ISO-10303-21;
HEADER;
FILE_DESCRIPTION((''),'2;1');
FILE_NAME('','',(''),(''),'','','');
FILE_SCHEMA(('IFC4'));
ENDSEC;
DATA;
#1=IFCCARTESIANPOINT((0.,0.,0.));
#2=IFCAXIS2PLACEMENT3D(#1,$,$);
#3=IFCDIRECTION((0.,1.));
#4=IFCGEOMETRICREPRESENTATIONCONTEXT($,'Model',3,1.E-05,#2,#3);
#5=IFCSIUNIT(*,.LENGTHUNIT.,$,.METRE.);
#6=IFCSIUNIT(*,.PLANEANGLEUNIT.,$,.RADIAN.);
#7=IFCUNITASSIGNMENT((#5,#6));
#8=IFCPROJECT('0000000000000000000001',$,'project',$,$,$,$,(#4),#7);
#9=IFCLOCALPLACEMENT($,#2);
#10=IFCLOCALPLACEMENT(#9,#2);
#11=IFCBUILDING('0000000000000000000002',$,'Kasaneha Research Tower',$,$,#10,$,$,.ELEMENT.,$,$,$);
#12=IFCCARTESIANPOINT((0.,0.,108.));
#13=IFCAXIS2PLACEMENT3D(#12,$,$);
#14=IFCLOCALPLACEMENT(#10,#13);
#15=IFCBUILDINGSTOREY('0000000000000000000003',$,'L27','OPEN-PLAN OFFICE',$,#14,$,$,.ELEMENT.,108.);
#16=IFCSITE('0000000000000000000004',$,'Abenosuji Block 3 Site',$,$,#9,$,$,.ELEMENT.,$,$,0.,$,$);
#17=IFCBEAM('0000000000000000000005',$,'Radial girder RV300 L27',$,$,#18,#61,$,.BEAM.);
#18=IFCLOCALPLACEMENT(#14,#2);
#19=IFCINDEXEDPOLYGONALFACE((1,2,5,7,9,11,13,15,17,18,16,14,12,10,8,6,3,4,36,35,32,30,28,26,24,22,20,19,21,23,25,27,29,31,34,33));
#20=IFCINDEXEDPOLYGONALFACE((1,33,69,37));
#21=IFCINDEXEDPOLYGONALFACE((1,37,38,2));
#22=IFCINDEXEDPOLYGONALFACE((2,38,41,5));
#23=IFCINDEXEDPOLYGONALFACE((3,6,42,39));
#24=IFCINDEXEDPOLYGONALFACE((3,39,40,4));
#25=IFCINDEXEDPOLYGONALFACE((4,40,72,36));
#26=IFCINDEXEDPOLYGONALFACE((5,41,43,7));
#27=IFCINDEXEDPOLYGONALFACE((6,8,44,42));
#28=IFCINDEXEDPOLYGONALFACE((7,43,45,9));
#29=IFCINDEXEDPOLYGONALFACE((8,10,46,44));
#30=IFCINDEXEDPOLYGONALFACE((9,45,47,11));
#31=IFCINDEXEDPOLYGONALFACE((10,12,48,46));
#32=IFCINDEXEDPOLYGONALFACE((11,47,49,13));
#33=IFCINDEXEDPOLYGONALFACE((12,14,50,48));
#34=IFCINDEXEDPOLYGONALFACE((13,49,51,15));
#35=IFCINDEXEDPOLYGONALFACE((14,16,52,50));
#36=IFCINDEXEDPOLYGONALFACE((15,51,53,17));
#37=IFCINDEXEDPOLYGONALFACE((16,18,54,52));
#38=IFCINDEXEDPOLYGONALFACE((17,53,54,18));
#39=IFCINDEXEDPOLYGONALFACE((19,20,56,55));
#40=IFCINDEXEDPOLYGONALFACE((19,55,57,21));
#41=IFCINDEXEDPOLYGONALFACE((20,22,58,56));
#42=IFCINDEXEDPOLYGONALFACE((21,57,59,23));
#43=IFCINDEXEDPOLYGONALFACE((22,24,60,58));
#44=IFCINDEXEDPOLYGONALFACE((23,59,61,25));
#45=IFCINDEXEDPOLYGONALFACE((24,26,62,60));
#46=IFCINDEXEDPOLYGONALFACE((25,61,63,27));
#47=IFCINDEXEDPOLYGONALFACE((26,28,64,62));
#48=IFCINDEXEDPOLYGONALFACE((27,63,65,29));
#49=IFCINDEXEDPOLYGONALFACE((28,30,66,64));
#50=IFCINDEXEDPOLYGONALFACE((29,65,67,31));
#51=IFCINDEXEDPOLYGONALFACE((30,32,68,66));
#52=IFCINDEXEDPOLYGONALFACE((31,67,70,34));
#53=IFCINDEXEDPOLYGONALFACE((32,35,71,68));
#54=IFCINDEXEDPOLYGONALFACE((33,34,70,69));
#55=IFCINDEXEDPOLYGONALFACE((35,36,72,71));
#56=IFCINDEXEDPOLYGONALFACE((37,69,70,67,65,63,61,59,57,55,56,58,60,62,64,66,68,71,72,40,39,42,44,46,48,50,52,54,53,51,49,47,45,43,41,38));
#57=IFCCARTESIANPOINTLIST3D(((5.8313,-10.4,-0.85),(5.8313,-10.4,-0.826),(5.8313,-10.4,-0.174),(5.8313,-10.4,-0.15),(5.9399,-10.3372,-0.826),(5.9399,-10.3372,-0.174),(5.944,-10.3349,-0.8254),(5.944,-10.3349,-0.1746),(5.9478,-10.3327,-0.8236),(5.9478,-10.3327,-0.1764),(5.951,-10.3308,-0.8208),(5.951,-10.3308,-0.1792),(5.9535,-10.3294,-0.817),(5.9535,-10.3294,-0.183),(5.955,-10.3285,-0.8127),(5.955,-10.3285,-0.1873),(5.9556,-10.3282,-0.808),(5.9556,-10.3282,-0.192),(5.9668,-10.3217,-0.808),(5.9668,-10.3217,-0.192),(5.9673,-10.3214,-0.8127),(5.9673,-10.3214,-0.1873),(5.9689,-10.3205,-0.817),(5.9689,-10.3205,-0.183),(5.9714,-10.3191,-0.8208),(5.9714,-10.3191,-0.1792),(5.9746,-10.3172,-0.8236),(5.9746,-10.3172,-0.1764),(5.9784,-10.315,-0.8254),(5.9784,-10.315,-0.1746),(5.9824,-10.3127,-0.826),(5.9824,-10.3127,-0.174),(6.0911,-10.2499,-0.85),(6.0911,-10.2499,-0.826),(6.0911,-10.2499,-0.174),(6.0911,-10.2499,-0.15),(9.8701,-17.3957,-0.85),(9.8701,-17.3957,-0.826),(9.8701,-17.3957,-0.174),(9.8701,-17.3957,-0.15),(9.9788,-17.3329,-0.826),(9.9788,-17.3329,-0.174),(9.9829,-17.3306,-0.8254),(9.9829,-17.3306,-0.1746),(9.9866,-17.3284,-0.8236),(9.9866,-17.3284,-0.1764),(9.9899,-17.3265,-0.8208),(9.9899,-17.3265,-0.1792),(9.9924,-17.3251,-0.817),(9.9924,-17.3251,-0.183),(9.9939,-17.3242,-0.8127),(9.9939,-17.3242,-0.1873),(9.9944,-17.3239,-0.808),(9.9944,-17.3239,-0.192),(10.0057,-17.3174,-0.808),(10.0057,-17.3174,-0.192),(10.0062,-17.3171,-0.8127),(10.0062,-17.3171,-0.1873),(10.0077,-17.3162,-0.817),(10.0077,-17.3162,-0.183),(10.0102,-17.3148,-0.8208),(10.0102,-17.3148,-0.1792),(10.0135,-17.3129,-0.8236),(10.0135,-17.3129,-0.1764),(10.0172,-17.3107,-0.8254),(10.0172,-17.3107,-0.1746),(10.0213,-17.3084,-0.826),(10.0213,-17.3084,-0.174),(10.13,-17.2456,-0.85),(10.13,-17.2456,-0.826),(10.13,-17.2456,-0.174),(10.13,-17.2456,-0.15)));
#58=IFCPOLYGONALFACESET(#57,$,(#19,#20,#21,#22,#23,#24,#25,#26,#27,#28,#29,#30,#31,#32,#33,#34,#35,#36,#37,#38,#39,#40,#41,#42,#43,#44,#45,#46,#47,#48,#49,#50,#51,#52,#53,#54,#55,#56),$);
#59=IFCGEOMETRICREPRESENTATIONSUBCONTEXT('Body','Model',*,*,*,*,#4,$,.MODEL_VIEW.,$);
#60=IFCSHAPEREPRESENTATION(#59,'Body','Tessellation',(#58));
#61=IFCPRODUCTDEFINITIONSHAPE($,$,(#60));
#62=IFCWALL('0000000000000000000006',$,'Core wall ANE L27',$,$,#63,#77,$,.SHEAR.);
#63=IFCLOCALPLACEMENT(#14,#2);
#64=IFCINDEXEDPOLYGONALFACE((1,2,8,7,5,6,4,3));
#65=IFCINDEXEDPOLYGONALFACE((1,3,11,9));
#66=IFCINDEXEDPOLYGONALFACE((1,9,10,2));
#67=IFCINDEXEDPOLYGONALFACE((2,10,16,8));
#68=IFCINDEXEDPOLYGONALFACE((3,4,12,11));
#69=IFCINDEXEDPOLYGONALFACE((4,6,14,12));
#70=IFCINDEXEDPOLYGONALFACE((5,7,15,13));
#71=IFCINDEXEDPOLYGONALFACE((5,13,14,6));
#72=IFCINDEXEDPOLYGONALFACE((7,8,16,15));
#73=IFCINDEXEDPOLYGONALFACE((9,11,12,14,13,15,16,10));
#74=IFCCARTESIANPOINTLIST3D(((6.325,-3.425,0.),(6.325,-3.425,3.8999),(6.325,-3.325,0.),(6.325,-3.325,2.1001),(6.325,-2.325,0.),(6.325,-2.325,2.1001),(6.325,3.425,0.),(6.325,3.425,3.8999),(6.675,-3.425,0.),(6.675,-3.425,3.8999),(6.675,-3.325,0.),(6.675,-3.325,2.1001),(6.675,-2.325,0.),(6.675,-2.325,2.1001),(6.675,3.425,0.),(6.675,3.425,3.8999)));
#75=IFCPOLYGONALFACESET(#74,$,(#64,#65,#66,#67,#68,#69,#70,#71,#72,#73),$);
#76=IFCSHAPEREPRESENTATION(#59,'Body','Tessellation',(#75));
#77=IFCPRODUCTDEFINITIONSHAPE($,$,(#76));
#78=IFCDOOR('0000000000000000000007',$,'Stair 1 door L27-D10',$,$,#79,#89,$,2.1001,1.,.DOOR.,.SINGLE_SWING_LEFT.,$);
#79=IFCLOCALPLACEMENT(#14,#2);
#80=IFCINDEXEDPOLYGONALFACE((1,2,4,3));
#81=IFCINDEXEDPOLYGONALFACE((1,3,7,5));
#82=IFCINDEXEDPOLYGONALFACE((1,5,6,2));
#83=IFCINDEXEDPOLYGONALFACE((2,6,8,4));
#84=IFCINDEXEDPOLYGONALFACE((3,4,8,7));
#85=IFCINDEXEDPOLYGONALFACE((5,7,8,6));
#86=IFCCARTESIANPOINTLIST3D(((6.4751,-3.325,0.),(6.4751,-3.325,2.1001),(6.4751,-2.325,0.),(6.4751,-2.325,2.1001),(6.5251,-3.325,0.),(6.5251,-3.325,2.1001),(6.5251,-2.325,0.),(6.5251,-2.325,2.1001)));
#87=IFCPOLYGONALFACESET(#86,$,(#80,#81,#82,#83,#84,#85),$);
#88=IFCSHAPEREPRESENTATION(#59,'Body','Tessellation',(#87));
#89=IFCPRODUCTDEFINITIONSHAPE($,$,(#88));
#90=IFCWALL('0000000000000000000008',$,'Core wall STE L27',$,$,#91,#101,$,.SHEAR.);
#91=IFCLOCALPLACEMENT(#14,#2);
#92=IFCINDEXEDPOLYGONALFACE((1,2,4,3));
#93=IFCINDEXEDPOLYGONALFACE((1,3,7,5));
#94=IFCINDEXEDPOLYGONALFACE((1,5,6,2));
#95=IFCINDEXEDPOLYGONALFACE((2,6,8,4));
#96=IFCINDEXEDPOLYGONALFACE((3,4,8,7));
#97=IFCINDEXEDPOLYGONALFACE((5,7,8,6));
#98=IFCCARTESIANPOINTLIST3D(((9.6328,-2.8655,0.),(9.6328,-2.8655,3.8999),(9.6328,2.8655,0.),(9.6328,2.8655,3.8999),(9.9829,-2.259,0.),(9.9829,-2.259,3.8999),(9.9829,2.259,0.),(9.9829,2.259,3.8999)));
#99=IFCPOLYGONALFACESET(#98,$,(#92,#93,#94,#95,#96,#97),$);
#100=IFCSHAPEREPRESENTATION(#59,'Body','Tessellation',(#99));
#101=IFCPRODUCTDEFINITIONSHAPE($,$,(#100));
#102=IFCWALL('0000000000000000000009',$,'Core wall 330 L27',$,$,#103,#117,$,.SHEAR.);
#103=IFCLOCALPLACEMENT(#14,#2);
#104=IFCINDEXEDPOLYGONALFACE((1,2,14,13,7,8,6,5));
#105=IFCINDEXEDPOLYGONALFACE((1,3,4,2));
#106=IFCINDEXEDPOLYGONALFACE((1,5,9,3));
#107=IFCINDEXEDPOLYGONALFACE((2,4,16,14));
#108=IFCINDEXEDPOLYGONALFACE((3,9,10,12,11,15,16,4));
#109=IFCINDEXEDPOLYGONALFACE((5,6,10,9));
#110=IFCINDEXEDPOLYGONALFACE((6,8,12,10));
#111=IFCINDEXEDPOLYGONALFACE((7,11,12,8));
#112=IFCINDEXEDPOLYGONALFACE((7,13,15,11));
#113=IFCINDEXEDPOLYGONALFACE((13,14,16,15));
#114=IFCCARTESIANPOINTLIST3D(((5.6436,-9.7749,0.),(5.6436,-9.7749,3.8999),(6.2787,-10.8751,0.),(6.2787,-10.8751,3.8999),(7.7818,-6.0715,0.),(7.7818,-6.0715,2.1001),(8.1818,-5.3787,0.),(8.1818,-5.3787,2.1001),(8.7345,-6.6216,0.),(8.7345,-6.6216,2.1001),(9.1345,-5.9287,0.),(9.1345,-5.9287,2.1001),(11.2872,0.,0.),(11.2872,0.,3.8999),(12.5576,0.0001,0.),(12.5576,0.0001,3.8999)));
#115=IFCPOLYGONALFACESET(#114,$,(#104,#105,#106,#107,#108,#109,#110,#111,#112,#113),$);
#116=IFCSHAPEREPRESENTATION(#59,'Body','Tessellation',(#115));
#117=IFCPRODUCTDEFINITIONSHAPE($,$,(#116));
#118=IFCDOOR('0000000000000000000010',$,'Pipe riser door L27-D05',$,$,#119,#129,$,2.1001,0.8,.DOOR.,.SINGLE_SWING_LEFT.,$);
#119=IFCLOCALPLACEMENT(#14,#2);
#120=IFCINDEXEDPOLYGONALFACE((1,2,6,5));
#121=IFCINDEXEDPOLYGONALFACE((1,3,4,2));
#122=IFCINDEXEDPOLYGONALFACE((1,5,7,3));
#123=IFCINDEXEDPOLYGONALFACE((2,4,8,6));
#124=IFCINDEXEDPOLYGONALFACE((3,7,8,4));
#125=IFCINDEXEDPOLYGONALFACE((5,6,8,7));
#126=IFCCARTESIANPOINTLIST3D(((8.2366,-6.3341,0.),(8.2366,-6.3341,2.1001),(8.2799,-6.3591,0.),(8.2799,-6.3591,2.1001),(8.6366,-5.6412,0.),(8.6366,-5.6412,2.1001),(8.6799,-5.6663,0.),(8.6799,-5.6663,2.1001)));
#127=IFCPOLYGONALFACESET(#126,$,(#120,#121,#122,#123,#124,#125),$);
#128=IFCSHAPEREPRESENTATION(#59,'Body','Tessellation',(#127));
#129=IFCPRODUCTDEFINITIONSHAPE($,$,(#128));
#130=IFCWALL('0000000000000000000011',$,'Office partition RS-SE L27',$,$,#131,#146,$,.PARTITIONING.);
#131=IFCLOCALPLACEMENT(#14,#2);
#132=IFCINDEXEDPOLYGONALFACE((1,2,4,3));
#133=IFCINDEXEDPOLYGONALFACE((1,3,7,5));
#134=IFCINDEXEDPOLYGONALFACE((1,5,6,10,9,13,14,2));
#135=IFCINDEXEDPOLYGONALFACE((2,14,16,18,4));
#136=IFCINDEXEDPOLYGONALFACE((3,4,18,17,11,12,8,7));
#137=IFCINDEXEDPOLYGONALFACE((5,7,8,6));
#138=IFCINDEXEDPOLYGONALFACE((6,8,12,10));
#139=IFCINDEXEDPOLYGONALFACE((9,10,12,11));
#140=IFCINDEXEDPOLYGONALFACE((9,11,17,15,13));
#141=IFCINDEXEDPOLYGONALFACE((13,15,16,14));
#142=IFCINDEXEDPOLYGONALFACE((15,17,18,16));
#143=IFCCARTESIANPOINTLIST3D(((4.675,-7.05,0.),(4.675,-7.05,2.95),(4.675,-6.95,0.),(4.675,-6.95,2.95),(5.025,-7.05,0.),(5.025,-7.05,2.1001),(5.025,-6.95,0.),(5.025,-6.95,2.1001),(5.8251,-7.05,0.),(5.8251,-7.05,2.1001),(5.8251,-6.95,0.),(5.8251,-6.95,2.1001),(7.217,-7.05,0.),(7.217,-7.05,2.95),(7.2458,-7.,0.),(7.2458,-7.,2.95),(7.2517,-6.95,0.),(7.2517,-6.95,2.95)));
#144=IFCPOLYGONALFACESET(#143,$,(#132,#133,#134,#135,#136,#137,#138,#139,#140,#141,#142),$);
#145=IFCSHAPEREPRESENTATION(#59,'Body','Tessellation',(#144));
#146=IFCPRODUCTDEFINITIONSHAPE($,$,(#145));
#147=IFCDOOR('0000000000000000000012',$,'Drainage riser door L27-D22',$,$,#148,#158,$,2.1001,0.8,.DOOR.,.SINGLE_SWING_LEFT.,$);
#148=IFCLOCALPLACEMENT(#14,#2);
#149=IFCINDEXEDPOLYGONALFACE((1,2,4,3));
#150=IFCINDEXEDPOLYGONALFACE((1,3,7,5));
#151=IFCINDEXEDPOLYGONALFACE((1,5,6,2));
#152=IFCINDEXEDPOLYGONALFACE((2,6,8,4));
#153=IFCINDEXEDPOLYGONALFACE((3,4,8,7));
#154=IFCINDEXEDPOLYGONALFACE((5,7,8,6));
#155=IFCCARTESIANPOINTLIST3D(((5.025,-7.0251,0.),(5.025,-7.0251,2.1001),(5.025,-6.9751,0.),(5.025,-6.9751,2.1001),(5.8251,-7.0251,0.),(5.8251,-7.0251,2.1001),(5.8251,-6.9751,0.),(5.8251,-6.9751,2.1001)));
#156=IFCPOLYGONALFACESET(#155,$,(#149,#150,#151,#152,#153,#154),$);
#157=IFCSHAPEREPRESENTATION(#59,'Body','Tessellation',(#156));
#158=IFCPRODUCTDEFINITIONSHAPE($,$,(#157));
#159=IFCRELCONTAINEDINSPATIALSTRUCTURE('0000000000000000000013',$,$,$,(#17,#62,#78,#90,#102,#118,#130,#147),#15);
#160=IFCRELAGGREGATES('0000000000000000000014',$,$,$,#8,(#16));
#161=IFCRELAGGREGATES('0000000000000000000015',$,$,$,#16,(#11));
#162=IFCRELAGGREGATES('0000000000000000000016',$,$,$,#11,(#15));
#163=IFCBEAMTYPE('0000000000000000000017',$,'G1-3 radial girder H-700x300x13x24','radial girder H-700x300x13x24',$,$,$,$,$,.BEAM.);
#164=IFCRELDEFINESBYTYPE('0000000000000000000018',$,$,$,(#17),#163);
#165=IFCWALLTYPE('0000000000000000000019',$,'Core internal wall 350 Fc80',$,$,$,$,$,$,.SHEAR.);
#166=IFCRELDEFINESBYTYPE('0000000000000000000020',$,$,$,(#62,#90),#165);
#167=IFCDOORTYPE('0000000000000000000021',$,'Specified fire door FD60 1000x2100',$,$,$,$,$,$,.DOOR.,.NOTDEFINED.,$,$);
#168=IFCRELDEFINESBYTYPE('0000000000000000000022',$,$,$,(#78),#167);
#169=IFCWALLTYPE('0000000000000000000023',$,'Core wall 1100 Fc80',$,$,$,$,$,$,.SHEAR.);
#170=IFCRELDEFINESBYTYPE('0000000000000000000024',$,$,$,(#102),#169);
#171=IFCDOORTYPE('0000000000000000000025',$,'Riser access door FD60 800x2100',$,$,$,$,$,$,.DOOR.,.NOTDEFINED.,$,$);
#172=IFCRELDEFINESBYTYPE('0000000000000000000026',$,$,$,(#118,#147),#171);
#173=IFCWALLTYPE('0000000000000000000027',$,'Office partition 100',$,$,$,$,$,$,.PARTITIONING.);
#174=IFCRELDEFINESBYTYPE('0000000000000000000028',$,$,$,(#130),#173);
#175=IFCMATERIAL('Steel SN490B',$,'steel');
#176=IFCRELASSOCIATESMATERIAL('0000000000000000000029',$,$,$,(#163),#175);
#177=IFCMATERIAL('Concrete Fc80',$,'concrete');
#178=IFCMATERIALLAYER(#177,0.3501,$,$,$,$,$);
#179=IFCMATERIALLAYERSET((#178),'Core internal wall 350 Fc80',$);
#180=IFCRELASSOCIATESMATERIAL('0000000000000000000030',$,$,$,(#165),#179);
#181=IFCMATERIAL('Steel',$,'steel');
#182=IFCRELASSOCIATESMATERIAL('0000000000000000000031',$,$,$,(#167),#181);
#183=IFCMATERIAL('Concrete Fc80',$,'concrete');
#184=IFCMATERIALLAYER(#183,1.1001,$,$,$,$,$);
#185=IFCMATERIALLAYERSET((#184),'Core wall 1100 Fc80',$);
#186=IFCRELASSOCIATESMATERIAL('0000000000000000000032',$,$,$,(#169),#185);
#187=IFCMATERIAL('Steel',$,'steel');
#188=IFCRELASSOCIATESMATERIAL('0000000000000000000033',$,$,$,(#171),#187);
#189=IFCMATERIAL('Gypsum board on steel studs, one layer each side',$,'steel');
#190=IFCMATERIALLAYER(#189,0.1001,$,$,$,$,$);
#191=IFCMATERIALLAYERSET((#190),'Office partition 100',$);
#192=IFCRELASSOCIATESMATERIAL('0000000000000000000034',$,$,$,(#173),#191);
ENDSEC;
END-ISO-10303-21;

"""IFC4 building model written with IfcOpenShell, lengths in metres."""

from ifc_helpers import new_model, si_unit, direction, frame, frame_2d, origin, origin_2d, place, context, subcontext, project, spatial, polyline, rectangle, i_section, outline, extrude, material, layer, layer_set, material_profile, profile_set, type_object, element, fill, save


model = new_model("IFC4")

# Units and contexts
model_context = context("Model", 3, precision=1e-05, world=origin(), true_north=direction((0.0, 1.0)))
body_context = subcontext(model_context, "Body", "Model", "MODEL_VIEW")
ifc_project = project(units=[si_unit("LENGTHUNIT", "METRE"), si_unit("PLANEANGLEUNIT", "RADIAN")], contexts=[model_context])

# Site, building, storey
site_placement = place(None, origin())
site = spatial("IfcSite", under=ifc_project, at=site_placement, Name="Abenosuji Block 3 Site", CompositionType="ELEMENT", RefElevation=0.0)
building_placement = place(site_placement, origin())
building = spatial("IfcBuilding", under=site, at=building_placement, Name="Kasaneha Research Tower", CompositionType="ELEMENT")
storey_placement = place(building_placement, frame((0.0, 0.0, 108.0)))
storey = spatial("IfcBuildingStorey", under=building, at=storey_placement, Name="L27", Description="OPEN-PLAN OFFICE", CompositionType="ELEMENT", Elevation=108.0)

# Beam
ifc_material_1 = material(Name="Steel SN490B", Category="steel")
ifc_material_profile_1 = material_profile(ifc_material_1, i_section(OverallWidth=0.3, OverallDepth=0.7, WebThickness=0.0129, FlangeThickness=0.0239, FilletRadius=0.0181, at=origin_2d()), Name="H-700x300x13x24")
ifc_profile_set_1 = profile_set([ifc_material_profile_1], Name="Steel SN490B")
beam_type_1 = type_object("IfcBeamType", Name="G1-3 radial girder H-700x300x13x24", Description="radial girder H-700x300x13x24", PredefinedType="BEAM", material=ifc_profile_set_1)
beam_1_placement = place(storey_placement, frame((5.9612, -10.325, -0.5), z_axis=(0.499991, -0.866031, 0.0), x_axis=(0.866031, 0.499991, 0.0)))
element("IfcBeam", 1, at=beam_1_placement, inside=storey, type_object=beam_type_1, Name="Radial girder RV300 L27", PredefinedType="BEAM", context=body_context, shape_type="SweptSolid", body=[
    extrude(i_section(OverallWidth=0.3, OverallDepth=0.7, WebThickness=0.0129, FlangeThickness=0.0239, FilletRadius=0.0181, at=origin_2d()), origin(), (0.0, 0.0, 1.0), 8.0779),
])

# Wall, opening, door
ifc_material_2 = material(Name="Concrete Fc80", Category="concrete")
ifc_layer_1 = layer(ifc_material_2, 0.3501)
ifc_layer_set_1 = layer_set([ifc_layer_1], Name="Core internal wall 350 Fc80")
wall_type_1 = type_object("IfcWallType", Name="Core internal wall 350 Fc80", PredefinedType="SHEAR", material=ifc_layer_set_1)
wall_1_placement = place(storey_placement, frame((6.5, -3.425, 0.0), z_axis=(0.0, 0.0, 1.0), x_axis=(0.0, 1.0, 0.0)))
wall_1 = element("IfcWall", 2, at=wall_1_placement, inside=storey, type_object=wall_type_1, Name="Core wall ANE L27", PredefinedType="SHEAR", context=body_context, shape_type="SweptSolid", body=[
    extrude(rectangle(XDim=6.8501, YDim=0.3501, at=frame_2d((3.425, 0.0))), origin(), (0.0, 0.0, 1.0), 3.8999),
])
opening_1_placement = place(wall_1_placement, frame((0.1001, 0.0, 0.0)))
opening_1 = element("IfcOpeningElement", 3, at=opening_1_placement, cuts=wall_1, PredefinedType="OPENING", context=body_context, shape_type="SweptSolid", body=[
    extrude(rectangle(XDim=1.0, YDim=2.1001, at=frame_2d((0.5, 1.05))), frame((0.0, 0.1851, 0.0), z_axis=(0.0, -1.0, 0.0), x_axis=(1.0, 0.0, 0.0)), (0.0, 0.0, 1.0), 0.3701),
])
ifc_material_3 = material(Name="Steel", Category="steel")
door_type_1 = type_object("IfcDoorType", Name="Specified fire door FD60 1000x2100", OperationType="NOTDEFINED", PredefinedType="DOOR", material=ifc_material_3)
door_1_placement = place(opening_1_placement, origin())
door_1 = element("IfcDoor", 4, at=door_1_placement, inside=storey, type_object=door_type_1, Name="Stair 1 door L27-D10", OperationType="SINGLE_SWING_LEFT", OverallHeight=2.1001, OverallWidth=1.0, PredefinedType="DOOR", context=body_context, shape_type="SweptSolid", body=[
    extrude(rectangle(XDim=1.0, YDim=2.1001, at=frame_2d((0.5, 1.05))), frame((0.0, 0.0249, 0.0), z_axis=(0.0, -1.0, 0.0), x_axis=(1.0, 0.0, 0.0)), (0.0, 0.0, 1.0), 0.05),
])
fill(opening_1, door_1)

# Wall
wall_2_placement = place(storey_placement, frame((9.8079, -2.5623, 0.0), z_axis=(0.0, 0.0, 1.0), x_axis=(0.0, 1.0, 0.0)))
element("IfcWall", 5, at=wall_2_placement, inside=storey, type_object=wall_type_1, Name="Core wall STE L27", PredefinedType="SHEAR", context=body_context, shape_type="SweptSolid", body=[
    extrude(outline(polyline([(0.3032, -0.175), (4.8213, -0.175), (5.4277, 0.175), (-0.3032, 0.175), (0.3032, -0.175)])), origin(), (0.0, 0.0, 1.0), 3.8999),
])

# Walls, openings, doors
ifc_material_4 = material(Name="Concrete Fc80", Category="concrete")
ifc_layer_2 = layer(ifc_material_4, 1.1001)
ifc_layer_set_2 = layer_set([ifc_layer_2], Name="Core wall 1100 Fc80")
wall_type_2 = type_object("IfcWallType", Name="Core wall 1100 Fc80", PredefinedType="SHEAR", material=ifc_layer_set_2)
wall_3_placement = place(storey_placement, frame((5.9612, -10.325, 0.0), z_axis=(0.0, 0.0, 1.0), x_axis=(0.500004, 0.866023, 0.0)))
wall_3 = element("IfcWall", 6, at=wall_3_placement, inside=storey, type_object=wall_type_2, Name="Core wall 330 L27", PredefinedType="SHEAR", context=body_context, shape_type="SweptSolid", body=[
    extrude(outline(polyline([(-0.3176, -0.55), (4.594, -0.55), (5.394, -0.55), (12.24, -0.55), (11.6047, 0.55), (5.394, 0.55), (4.594, 0.55), (0.3176, 0.55), (-0.3176, -0.55)])), origin(), (0.0, 0.0, 1.0), 3.8999),
])
opening_2_placement = place(wall_3_placement, frame((4.594, 0.0, 0.0)))
opening_2 = element("IfcOpeningElement", 7, at=opening_2_placement, cuts=wall_3, PredefinedType="OPENING", context=body_context, shape_type="SweptSolid", body=[
    extrude(rectangle(XDim=0.8, YDim=2.1001, at=frame_2d((0.3999, 1.05))), frame((0.0, 0.5601, 0.0), z_axis=(0.0, -1.0, 0.0), x_axis=(1.0, 0.0, 0.0)), (0.0, 0.0, 1.0), 1.1201),
])
ifc_material_5 = material(Name="Steel", Category="steel")
door_type_2 = type_object("IfcDoorType", Name="Riser access door FD60 800x2100", OperationType="NOTDEFINED", PredefinedType="DOOR", material=ifc_material_5)
door_2_placement = place(opening_2_placement, origin())
door_2 = element("IfcDoor", 8, at=door_2_placement, inside=storey, type_object=door_type_2, Name="Pipe riser door L27-D05", OperationType="SINGLE_SWING_LEFT", OverallHeight=2.1001, OverallWidth=0.8, PredefinedType="DOOR", context=body_context, shape_type="SweptSolid", body=[
    extrude(rectangle(XDim=0.8, YDim=2.1001, at=frame_2d((0.3999, 1.05))), frame((0.0, 0.0249, 0.0), z_axis=(0.0, -1.0, 0.0), x_axis=(1.0, 0.0, 0.0)), (0.0, 0.0, 1.0), 0.05),
])
fill(opening_2, door_2)
ifc_material_6 = material(Name="Gypsum board on steel studs, one layer each side", Category="steel")
ifc_layer_3 = layer(ifc_material_6, 0.1001)
ifc_layer_set_3 = layer_set([ifc_layer_3], Name="Office partition 100")
wall_type_3 = type_object("IfcWallType", Name="Office partition 100", PredefinedType="PARTITIONING", material=ifc_layer_set_3)
wall_4_placement = place(storey_placement, frame((4.675, -7.0, 0.0), z_axis=(0.0, 0.0, 1.0), x_axis=(1.0, 0.0, 0.0)))
wall_4 = element("IfcWall", 9, at=wall_4_placement, inside=storey, type_object=wall_type_3, Name="Office partition RS-SE L27", PredefinedType="PARTITIONING", context=body_context, shape_type="SweptSolid", body=[
    extrude(outline(polyline([(0.0, -0.05), (0.3501, -0.05), (1.1501, -0.05), (2.542, -0.05), (2.5708, 0.0), (2.5767, 0.05), (1.1501, 0.05), (0.3501, 0.05), (0.0, 0.05), (0.0, -0.05)])), origin(), (0.0, 0.0, 1.0), 2.95),
])
opening_3_placement = place(wall_4_placement, frame((0.3501, 0.0, 0.0)))
opening_3 = element("IfcOpeningElement", 10, at=opening_3_placement, cuts=wall_4, PredefinedType="OPENING", context=body_context, shape_type="SweptSolid", body=[
    extrude(rectangle(XDim=0.8, YDim=2.1001, at=frame_2d((0.3999, 1.05))), frame((0.0, 0.0601, 0.0), z_axis=(0.0, -1.0, 0.0), x_axis=(1.0, 0.0, 0.0)), (0.0, 0.0, 1.0), 0.1201),
])
door_3_placement = place(opening_3_placement, origin())
door_3 = element("IfcDoor", 11, at=door_3_placement, inside=storey, type_object=door_type_2, Name="Drainage riser door L27-D22", OperationType="SINGLE_SWING_LEFT", OverallHeight=2.1001, OverallWidth=0.8, PredefinedType="DOOR", context=body_context, shape_type="SweptSolid", body=[
    extrude(rectangle(XDim=0.8, YDim=2.1001, at=frame_2d((0.3999, 1.05))), frame((0.0, 0.0249, 0.0), z_axis=(0.0, -1.0, 0.0), x_axis=(1.0, 0.0, 0.0)), (0.0, 0.0, 1.0), 0.05),
])
fill(opening_3, door_3)

save(model, "model.ifc")
